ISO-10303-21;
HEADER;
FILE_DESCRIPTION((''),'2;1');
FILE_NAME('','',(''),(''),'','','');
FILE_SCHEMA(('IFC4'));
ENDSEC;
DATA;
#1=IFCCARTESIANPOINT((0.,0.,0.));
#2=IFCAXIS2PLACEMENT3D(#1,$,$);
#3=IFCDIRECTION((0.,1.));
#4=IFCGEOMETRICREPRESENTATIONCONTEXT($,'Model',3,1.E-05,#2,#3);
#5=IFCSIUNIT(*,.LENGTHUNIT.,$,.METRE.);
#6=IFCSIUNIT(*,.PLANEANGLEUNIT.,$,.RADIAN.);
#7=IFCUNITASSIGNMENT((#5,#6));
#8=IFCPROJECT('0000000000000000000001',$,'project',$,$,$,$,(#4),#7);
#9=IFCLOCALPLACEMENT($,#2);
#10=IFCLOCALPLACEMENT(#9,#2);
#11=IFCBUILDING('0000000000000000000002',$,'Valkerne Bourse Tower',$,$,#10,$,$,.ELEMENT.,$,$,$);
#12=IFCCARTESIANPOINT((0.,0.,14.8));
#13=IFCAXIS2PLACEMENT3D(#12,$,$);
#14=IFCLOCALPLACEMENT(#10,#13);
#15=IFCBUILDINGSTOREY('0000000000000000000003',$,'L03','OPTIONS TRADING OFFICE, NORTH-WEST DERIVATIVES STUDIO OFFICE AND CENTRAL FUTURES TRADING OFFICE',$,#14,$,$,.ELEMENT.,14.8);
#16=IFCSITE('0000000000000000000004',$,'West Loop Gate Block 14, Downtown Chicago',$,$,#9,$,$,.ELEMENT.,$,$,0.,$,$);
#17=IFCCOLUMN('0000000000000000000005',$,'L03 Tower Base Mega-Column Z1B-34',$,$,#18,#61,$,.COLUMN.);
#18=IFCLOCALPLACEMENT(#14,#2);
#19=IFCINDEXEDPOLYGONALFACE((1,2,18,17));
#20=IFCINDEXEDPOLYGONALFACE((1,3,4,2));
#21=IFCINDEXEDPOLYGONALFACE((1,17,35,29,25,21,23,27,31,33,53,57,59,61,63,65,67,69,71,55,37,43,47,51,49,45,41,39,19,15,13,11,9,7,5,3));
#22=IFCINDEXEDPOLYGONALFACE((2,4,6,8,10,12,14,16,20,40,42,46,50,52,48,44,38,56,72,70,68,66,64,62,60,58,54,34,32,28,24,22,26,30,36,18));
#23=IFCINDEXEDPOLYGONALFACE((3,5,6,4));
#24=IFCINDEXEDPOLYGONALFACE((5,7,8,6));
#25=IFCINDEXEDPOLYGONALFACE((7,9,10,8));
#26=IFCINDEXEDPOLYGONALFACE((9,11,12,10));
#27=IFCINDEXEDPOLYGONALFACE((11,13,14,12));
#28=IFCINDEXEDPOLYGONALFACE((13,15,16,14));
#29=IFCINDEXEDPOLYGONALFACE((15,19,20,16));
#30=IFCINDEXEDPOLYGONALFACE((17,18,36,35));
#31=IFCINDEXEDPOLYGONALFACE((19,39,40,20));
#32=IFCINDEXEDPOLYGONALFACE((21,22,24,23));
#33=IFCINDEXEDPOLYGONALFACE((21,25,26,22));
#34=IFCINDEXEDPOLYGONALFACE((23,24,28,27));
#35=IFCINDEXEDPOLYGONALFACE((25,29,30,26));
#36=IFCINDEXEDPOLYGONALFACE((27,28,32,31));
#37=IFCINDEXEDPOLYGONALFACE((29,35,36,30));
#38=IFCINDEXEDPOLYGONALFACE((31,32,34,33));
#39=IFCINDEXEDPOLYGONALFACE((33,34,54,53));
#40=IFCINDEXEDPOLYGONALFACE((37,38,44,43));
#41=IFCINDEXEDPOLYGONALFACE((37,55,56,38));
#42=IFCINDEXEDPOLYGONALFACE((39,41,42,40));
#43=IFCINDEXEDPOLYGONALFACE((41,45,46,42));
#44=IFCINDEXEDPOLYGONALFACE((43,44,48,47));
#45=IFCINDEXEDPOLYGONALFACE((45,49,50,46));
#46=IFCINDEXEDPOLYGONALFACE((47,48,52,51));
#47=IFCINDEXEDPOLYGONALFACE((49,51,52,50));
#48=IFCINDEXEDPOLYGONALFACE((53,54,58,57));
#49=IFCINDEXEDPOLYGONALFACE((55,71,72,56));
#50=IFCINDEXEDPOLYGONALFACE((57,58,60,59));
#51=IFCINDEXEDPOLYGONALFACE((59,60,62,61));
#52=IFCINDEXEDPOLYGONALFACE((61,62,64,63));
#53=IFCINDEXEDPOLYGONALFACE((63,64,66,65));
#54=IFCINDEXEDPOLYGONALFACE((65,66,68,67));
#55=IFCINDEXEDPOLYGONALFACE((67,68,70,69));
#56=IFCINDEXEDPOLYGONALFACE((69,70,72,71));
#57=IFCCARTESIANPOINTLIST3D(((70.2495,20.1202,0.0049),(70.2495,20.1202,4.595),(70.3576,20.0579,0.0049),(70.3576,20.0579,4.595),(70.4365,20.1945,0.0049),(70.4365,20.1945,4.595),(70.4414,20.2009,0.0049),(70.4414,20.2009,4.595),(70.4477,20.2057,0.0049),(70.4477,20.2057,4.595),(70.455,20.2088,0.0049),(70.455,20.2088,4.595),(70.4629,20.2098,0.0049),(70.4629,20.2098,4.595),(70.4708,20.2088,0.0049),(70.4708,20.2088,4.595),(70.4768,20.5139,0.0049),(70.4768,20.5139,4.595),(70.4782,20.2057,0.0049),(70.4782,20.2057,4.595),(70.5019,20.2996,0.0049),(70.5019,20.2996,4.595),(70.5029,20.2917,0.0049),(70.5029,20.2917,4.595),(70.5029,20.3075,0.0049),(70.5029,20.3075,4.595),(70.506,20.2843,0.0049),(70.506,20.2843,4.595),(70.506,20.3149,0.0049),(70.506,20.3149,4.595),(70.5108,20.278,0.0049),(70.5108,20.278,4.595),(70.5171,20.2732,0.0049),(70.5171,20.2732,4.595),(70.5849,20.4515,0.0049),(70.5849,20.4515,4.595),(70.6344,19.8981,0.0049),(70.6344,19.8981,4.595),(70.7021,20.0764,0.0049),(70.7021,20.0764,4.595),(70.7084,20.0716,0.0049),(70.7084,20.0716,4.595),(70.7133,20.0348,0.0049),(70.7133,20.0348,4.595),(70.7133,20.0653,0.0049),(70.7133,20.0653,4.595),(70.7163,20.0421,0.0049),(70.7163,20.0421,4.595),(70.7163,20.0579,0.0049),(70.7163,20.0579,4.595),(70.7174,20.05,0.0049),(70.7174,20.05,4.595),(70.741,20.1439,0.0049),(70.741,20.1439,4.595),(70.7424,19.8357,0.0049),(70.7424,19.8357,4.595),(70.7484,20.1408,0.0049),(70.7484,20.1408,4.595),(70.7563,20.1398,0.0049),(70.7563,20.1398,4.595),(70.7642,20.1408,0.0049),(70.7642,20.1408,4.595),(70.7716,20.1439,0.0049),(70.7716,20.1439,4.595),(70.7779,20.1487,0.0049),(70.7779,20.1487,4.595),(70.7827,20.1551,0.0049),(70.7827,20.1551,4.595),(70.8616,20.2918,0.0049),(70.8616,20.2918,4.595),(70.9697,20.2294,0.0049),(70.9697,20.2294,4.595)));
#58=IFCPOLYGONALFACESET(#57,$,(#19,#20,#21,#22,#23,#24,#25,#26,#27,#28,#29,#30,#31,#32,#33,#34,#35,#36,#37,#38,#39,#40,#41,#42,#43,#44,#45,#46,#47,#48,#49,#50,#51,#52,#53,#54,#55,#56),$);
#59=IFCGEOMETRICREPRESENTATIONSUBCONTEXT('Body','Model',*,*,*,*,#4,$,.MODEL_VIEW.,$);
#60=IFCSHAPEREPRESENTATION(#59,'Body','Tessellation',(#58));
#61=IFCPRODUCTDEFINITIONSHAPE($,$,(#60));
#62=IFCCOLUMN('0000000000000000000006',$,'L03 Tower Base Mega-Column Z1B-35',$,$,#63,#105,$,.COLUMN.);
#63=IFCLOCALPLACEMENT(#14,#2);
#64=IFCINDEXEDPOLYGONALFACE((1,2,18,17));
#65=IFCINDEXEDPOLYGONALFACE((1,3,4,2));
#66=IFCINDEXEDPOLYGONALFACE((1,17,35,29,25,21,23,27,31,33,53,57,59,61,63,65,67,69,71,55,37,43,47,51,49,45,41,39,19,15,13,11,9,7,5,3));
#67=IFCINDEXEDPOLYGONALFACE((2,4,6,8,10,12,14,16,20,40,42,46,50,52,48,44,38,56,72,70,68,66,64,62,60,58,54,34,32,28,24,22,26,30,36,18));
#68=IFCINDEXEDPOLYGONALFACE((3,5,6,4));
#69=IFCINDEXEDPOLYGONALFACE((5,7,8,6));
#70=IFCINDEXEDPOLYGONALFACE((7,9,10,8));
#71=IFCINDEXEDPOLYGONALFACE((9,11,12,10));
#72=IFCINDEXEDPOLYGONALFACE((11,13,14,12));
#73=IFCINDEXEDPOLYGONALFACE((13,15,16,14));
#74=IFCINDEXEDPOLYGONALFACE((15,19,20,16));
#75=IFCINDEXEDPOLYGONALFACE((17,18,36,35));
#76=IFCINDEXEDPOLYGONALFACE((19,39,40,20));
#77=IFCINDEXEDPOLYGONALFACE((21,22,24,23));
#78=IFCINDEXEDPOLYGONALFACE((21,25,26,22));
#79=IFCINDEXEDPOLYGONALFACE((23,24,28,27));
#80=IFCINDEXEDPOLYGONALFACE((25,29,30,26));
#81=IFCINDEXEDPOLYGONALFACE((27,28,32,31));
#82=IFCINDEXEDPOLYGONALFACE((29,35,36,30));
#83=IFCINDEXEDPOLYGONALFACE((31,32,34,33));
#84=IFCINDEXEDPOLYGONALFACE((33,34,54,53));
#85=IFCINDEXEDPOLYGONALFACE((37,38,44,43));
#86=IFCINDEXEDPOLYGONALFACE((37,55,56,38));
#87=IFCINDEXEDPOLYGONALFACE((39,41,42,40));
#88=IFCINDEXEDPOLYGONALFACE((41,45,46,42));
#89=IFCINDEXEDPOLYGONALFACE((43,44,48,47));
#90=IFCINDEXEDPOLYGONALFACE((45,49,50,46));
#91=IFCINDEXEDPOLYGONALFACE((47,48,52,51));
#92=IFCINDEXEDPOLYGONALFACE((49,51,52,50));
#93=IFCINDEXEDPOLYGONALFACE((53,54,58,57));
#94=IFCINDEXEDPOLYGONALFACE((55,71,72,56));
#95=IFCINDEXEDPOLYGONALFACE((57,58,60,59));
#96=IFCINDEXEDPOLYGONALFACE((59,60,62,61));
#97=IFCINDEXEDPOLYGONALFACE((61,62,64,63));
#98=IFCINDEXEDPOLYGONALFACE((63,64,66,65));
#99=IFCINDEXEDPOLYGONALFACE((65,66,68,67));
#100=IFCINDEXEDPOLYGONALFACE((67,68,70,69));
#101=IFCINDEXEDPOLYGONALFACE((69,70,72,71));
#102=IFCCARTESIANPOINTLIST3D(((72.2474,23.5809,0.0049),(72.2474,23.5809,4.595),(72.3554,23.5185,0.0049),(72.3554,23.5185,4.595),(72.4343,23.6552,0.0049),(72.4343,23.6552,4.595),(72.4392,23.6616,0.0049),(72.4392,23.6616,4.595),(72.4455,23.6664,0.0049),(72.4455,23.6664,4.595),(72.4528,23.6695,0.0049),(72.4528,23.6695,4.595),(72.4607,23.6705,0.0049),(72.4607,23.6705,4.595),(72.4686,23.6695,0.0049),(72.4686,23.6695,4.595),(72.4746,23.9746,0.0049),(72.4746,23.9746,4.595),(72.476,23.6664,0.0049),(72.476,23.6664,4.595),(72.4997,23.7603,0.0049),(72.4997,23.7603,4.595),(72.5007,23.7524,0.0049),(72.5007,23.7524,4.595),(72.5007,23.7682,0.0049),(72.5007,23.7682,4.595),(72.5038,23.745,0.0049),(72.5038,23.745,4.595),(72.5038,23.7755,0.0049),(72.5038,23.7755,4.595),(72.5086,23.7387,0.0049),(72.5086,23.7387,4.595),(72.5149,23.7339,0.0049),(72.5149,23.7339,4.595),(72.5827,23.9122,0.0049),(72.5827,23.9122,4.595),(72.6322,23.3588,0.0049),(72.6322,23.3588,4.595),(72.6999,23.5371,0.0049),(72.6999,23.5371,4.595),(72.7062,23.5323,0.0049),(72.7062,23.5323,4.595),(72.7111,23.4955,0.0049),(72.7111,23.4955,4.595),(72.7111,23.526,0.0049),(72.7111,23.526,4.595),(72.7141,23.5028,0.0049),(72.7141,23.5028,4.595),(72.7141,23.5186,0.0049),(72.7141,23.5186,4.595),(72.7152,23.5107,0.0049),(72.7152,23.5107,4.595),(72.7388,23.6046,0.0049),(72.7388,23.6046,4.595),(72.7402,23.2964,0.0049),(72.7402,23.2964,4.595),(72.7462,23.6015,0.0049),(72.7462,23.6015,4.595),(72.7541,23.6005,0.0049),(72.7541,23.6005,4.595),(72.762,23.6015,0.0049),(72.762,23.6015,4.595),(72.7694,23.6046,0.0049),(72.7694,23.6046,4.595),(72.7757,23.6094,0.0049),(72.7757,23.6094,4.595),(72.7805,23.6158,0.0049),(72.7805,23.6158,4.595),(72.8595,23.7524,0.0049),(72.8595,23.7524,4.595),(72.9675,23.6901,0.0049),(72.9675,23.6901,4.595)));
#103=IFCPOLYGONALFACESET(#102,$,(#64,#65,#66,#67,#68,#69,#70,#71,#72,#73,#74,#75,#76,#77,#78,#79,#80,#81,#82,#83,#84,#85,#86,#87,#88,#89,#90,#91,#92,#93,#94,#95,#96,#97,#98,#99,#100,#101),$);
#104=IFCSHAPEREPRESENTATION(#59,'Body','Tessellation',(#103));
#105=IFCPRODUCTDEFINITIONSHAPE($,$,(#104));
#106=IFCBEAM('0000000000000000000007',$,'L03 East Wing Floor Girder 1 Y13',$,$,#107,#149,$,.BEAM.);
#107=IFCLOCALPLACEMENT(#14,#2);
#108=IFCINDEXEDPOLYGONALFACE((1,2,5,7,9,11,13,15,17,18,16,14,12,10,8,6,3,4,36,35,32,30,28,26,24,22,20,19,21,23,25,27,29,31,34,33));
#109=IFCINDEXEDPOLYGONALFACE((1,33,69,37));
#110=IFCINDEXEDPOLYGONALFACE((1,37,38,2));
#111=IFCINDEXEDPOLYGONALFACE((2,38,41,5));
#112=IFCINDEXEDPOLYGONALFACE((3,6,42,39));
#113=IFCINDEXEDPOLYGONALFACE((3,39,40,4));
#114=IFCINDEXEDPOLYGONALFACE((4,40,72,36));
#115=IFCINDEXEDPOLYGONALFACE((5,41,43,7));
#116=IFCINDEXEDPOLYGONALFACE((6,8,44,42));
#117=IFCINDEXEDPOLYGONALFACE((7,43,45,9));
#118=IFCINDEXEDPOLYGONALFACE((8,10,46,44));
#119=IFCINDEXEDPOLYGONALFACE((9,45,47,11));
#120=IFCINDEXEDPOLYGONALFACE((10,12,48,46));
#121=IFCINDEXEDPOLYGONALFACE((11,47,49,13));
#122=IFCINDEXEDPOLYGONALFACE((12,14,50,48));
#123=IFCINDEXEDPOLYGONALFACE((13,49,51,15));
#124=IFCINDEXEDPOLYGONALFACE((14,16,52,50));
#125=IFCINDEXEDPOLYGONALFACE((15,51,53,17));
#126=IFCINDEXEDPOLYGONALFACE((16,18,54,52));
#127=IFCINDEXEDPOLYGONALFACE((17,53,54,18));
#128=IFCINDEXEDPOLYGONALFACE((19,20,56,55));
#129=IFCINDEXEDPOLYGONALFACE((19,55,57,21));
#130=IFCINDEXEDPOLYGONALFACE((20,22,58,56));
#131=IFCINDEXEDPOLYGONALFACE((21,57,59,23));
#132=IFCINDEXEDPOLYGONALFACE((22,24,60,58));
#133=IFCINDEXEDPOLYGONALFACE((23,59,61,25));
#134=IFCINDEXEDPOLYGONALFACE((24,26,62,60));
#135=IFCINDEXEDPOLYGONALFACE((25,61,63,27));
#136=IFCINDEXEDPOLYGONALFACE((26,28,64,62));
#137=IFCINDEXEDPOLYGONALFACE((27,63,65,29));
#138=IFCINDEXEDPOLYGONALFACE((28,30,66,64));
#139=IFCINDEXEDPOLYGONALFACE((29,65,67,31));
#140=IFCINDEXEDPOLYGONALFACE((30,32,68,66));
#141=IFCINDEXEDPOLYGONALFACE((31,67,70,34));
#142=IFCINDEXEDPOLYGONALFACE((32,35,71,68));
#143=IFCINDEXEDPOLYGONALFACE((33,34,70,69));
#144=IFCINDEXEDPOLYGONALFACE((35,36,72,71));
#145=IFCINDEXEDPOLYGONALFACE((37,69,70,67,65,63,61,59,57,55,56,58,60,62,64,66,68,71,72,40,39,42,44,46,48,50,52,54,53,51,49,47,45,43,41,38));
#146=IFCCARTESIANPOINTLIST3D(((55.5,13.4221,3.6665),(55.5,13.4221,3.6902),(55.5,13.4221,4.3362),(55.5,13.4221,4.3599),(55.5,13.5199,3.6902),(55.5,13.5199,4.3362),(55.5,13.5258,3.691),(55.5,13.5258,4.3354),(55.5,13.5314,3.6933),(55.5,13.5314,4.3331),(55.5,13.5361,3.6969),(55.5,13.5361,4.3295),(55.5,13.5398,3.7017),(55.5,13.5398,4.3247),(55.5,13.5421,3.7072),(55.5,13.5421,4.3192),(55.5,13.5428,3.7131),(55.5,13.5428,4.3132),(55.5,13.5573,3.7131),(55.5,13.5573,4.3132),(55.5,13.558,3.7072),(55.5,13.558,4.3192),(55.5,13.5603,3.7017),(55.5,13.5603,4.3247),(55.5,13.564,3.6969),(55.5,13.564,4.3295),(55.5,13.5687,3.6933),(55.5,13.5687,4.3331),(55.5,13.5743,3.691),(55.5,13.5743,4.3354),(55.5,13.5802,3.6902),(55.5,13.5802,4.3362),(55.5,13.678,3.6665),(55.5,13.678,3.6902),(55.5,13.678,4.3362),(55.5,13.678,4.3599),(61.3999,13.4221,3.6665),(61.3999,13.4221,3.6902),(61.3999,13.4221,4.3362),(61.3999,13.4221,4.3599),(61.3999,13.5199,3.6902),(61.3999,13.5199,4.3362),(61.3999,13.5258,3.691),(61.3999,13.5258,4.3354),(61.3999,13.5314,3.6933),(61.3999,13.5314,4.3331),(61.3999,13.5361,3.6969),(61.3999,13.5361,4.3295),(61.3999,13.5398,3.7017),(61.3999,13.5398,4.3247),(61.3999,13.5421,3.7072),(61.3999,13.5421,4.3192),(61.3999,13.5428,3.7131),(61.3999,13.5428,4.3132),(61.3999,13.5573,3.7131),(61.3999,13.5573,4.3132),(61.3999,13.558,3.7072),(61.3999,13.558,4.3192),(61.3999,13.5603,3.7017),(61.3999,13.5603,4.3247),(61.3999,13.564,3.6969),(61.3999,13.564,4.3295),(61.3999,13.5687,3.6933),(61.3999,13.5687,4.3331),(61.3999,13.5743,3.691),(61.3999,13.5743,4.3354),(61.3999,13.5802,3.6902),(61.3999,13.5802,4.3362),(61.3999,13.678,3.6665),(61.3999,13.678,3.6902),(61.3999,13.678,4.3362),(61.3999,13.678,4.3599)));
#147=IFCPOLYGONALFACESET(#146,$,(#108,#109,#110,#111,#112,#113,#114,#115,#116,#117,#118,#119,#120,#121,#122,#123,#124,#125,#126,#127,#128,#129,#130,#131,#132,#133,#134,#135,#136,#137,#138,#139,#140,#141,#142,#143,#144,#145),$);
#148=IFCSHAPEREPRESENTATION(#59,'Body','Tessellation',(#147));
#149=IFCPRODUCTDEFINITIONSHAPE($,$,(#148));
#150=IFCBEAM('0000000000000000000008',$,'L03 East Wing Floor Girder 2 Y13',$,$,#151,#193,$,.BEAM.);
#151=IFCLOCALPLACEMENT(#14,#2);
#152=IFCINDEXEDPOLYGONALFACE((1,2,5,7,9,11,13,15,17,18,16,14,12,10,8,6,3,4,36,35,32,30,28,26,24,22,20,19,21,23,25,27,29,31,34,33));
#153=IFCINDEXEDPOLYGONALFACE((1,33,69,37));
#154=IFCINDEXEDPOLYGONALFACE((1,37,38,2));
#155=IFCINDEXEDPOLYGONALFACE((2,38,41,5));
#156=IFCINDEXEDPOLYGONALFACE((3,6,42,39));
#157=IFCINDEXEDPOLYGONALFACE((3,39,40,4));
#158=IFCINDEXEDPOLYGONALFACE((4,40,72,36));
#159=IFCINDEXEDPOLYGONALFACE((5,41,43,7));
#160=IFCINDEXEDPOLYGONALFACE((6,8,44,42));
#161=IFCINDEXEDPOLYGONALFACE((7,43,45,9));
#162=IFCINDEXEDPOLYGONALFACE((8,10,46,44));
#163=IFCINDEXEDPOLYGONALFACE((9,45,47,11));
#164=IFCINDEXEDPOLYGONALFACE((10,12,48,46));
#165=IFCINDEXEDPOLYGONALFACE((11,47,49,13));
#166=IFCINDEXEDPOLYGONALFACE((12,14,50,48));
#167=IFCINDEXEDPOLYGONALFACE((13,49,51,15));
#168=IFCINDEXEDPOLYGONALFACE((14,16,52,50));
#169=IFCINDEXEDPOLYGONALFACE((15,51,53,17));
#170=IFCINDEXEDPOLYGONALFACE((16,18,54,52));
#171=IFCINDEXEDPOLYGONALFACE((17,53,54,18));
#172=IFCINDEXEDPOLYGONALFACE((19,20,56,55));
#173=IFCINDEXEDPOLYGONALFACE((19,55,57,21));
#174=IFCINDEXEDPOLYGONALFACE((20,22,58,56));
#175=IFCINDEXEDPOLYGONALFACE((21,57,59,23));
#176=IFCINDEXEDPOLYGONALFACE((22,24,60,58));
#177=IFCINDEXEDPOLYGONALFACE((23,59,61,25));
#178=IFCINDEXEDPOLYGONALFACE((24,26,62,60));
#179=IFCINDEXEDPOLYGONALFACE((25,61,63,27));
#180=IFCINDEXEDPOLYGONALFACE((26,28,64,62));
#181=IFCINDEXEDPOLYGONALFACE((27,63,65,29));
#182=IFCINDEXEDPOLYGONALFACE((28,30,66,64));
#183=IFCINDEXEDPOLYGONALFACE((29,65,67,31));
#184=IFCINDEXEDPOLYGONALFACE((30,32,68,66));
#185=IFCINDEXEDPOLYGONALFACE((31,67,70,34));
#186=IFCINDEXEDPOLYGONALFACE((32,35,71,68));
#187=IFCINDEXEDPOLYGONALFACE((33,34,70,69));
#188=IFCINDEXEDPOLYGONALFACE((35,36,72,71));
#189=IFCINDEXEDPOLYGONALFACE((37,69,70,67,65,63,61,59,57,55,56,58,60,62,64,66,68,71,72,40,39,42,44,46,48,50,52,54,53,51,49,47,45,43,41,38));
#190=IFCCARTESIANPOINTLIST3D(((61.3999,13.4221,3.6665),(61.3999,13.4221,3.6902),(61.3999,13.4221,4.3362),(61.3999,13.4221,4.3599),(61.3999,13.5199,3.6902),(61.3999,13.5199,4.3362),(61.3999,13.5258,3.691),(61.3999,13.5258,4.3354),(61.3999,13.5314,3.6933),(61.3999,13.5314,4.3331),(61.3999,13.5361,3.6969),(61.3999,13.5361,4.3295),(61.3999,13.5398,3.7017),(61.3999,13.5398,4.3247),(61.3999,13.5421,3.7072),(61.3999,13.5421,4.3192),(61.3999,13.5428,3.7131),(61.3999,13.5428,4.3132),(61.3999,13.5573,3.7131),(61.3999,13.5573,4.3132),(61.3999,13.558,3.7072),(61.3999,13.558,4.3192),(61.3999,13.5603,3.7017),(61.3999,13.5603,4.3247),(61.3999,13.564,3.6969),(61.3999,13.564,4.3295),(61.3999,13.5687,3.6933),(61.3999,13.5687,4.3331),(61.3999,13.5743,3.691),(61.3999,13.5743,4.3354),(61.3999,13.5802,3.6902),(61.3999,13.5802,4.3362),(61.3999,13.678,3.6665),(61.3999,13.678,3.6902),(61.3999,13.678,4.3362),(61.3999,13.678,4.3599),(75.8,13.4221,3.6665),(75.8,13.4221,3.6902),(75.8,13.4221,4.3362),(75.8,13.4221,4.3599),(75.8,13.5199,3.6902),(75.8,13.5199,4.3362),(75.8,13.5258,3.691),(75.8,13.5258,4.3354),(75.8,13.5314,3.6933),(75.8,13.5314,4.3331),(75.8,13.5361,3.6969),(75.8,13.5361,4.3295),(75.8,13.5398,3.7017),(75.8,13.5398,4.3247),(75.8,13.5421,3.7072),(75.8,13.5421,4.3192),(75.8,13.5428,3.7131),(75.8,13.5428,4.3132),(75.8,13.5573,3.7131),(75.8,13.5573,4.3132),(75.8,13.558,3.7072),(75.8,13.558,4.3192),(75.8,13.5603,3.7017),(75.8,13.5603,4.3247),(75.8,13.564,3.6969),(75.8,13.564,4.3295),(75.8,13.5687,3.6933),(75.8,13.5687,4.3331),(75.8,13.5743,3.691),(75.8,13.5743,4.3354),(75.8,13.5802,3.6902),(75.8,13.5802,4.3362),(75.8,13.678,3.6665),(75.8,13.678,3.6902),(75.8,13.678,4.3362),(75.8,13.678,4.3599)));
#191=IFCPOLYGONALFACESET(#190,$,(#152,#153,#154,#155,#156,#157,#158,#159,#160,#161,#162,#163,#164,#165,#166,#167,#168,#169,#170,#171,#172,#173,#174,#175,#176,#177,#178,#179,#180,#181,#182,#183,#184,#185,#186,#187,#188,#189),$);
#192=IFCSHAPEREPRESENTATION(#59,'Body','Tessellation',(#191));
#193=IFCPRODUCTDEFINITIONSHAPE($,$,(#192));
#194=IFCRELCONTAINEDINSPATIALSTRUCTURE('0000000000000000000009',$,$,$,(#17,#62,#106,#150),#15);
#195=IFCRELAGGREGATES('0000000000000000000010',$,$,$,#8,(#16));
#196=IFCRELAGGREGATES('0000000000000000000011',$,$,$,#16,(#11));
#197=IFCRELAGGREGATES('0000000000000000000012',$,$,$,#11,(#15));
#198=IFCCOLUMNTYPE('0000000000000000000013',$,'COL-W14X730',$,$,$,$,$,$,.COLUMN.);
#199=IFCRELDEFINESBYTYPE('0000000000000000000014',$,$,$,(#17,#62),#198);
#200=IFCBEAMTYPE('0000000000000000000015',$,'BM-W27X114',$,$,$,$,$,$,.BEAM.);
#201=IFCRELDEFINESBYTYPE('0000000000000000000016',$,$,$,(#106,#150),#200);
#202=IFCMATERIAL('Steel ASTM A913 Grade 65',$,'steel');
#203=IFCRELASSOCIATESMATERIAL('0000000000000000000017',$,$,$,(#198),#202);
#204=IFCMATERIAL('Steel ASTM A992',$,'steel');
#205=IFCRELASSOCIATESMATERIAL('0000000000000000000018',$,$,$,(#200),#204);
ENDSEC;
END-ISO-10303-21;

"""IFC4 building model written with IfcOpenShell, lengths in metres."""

from ifc_helpers import new_model, si_unit, direction, frame, origin, origin_2d, place, context, subcontext, project, spatial, i_section, extrude, material, material_profile, profile_set, type_object, element, save


model = new_model("IFC4")

# Units and contexts
model_context = context("Model", 3, precision=1e-05, world=origin(), true_north=direction((0.0, 1.0)))
body_context = subcontext(model_context, "Body", "Model", "MODEL_VIEW")
ifc_project = project(units=[si_unit("LENGTHUNIT", "METRE"), si_unit("PLANEANGLEUNIT", "RADIAN")], contexts=[model_context])

# Site, building, storey
site_placement = place(None, origin())
site = spatial("IfcSite", under=ifc_project, at=site_placement, Name="West Loop Gate Block 14, Downtown Chicago", CompositionType="ELEMENT", RefElevation=0.0)
building_placement = place(site_placement, origin())
building = spatial("IfcBuilding", under=site, at=building_placement, Name="Valkerne Bourse Tower", CompositionType="ELEMENT")
storey_placement = place(building_placement, frame((0.0, 0.0, 14.8)))
storey = spatial("IfcBuildingStorey", under=building, at=storey_placement, Name="L03", Description="OPTIONS TRADING OFFICE, NORTH-WEST DERIVATIVES STUDIO OFFICE AND CENTRAL FUTURES TRADING OFFICE", CompositionType="ELEMENT", Elevation=14.8)

# Columns
ifc_material_1 = material(Name="Steel ASTM A913 Grade 65", Category="steel")
ifc_material_profile_1 = material_profile(ifc_material_1, i_section(OverallWidth=0.4546, OverallDepth=0.5691, WebThickness=0.0779, FlangeThickness=0.1248, FilletRadius=0.0305, at=origin_2d()), Name="W14X730")
ifc_profile_set_1 = profile_set([ifc_material_profile_1], Name="Steel ASTM A913 Grade 65")
column_type_1 = type_object("IfcColumnType", Name="COL-W14X730", PredefinedType="COLUMN", material=ifc_profile_set_1)
for number, where, z_axis, x_axis, name in (
    (1, (70.6096, 20.1748, 0.0049), (0.0, 0.0, 1.0), (0.5, 0.866025, 0.0), "L03 Tower Base Mega-Column Z1B-34"),
    (2, (72.6074, 23.6355, 0.0049), (0.0, 0.0, 1.0), (0.5, 0.866025, 0.0), "L03 Tower Base Mega-Column Z1B-35"),
):
    element("IfcColumn", number, at=place(storey_placement, frame(where, z_axis=z_axis, x_axis=x_axis)), inside=storey, type_object=column_type_1, Name=name, PredefinedType="COLUMN", context=body_context, shape_type="SweptSolid", body=[
        extrude(i_section(OverallWidth=0.4546, OverallDepth=0.5691, WebThickness=0.0779, FlangeThickness=0.1248, FilletRadius=0.0305, at=origin_2d()), origin(), (0.0, 0.0, 1.0), 4.5901),
    ])

# Beams
ifc_material_2 = material(Name="Steel ASTM A992", Category="steel")
ifc_material_profile_2 = material_profile(ifc_material_2, i_section(OverallWidth=0.2559, OverallDepth=0.6934, WebThickness=0.0144, FlangeThickness=0.0237, FilletRadius=0.0229, at=origin_2d()), Name="W27X114")
ifc_profile_set_2 = profile_set([ifc_material_profile_2], Name="Steel ASTM A992")
beam_type = type_object("IfcBeamType", Name="BM-W27X114", PredefinedType="BEAM", material=ifc_profile_set_2)
beam_1_placement = place(storey_placement, frame((55.5, 13.55, 4.0132), z_axis=(1.0, 0.0, 0.0), x_axis=(0.0, 1.0, 0.0)))
element("IfcBeam", 3, at=beam_1_placement, inside=storey, type_object=beam_type, Name="L03 East Wing Floor Girder 1 Y13", PredefinedType="BEAM", context=body_context, shape_type="SweptSolid", body=[
    extrude(i_section(OverallWidth=0.2559, OverallDepth=0.6934, WebThickness=0.0144, FlangeThickness=0.0237, FilletRadius=0.0229, at=origin_2d()), origin(), (0.0, 0.0, 1.0), 5.8999),
])
beam_2_placement = place(storey_placement, frame((61.3999, 13.55, 4.0132), z_axis=(1.0, 0.0, 0.0), x_axis=(0.0, 1.0, 0.0)))
element("IfcBeam", 4, at=beam_2_placement, inside=storey, type_object=beam_type, Name="L03 East Wing Floor Girder 2 Y13", PredefinedType="BEAM", context=body_context, shape_type="SweptSolid", body=[
    extrude(i_section(OverallWidth=0.2559, OverallDepth=0.6934, WebThickness=0.0144, FlangeThickness=0.0237, FilletRadius=0.0229, at=origin_2d()), origin(), (0.0, 0.0, 1.0), 14.4001),
])

save(model, "model.ifc")
